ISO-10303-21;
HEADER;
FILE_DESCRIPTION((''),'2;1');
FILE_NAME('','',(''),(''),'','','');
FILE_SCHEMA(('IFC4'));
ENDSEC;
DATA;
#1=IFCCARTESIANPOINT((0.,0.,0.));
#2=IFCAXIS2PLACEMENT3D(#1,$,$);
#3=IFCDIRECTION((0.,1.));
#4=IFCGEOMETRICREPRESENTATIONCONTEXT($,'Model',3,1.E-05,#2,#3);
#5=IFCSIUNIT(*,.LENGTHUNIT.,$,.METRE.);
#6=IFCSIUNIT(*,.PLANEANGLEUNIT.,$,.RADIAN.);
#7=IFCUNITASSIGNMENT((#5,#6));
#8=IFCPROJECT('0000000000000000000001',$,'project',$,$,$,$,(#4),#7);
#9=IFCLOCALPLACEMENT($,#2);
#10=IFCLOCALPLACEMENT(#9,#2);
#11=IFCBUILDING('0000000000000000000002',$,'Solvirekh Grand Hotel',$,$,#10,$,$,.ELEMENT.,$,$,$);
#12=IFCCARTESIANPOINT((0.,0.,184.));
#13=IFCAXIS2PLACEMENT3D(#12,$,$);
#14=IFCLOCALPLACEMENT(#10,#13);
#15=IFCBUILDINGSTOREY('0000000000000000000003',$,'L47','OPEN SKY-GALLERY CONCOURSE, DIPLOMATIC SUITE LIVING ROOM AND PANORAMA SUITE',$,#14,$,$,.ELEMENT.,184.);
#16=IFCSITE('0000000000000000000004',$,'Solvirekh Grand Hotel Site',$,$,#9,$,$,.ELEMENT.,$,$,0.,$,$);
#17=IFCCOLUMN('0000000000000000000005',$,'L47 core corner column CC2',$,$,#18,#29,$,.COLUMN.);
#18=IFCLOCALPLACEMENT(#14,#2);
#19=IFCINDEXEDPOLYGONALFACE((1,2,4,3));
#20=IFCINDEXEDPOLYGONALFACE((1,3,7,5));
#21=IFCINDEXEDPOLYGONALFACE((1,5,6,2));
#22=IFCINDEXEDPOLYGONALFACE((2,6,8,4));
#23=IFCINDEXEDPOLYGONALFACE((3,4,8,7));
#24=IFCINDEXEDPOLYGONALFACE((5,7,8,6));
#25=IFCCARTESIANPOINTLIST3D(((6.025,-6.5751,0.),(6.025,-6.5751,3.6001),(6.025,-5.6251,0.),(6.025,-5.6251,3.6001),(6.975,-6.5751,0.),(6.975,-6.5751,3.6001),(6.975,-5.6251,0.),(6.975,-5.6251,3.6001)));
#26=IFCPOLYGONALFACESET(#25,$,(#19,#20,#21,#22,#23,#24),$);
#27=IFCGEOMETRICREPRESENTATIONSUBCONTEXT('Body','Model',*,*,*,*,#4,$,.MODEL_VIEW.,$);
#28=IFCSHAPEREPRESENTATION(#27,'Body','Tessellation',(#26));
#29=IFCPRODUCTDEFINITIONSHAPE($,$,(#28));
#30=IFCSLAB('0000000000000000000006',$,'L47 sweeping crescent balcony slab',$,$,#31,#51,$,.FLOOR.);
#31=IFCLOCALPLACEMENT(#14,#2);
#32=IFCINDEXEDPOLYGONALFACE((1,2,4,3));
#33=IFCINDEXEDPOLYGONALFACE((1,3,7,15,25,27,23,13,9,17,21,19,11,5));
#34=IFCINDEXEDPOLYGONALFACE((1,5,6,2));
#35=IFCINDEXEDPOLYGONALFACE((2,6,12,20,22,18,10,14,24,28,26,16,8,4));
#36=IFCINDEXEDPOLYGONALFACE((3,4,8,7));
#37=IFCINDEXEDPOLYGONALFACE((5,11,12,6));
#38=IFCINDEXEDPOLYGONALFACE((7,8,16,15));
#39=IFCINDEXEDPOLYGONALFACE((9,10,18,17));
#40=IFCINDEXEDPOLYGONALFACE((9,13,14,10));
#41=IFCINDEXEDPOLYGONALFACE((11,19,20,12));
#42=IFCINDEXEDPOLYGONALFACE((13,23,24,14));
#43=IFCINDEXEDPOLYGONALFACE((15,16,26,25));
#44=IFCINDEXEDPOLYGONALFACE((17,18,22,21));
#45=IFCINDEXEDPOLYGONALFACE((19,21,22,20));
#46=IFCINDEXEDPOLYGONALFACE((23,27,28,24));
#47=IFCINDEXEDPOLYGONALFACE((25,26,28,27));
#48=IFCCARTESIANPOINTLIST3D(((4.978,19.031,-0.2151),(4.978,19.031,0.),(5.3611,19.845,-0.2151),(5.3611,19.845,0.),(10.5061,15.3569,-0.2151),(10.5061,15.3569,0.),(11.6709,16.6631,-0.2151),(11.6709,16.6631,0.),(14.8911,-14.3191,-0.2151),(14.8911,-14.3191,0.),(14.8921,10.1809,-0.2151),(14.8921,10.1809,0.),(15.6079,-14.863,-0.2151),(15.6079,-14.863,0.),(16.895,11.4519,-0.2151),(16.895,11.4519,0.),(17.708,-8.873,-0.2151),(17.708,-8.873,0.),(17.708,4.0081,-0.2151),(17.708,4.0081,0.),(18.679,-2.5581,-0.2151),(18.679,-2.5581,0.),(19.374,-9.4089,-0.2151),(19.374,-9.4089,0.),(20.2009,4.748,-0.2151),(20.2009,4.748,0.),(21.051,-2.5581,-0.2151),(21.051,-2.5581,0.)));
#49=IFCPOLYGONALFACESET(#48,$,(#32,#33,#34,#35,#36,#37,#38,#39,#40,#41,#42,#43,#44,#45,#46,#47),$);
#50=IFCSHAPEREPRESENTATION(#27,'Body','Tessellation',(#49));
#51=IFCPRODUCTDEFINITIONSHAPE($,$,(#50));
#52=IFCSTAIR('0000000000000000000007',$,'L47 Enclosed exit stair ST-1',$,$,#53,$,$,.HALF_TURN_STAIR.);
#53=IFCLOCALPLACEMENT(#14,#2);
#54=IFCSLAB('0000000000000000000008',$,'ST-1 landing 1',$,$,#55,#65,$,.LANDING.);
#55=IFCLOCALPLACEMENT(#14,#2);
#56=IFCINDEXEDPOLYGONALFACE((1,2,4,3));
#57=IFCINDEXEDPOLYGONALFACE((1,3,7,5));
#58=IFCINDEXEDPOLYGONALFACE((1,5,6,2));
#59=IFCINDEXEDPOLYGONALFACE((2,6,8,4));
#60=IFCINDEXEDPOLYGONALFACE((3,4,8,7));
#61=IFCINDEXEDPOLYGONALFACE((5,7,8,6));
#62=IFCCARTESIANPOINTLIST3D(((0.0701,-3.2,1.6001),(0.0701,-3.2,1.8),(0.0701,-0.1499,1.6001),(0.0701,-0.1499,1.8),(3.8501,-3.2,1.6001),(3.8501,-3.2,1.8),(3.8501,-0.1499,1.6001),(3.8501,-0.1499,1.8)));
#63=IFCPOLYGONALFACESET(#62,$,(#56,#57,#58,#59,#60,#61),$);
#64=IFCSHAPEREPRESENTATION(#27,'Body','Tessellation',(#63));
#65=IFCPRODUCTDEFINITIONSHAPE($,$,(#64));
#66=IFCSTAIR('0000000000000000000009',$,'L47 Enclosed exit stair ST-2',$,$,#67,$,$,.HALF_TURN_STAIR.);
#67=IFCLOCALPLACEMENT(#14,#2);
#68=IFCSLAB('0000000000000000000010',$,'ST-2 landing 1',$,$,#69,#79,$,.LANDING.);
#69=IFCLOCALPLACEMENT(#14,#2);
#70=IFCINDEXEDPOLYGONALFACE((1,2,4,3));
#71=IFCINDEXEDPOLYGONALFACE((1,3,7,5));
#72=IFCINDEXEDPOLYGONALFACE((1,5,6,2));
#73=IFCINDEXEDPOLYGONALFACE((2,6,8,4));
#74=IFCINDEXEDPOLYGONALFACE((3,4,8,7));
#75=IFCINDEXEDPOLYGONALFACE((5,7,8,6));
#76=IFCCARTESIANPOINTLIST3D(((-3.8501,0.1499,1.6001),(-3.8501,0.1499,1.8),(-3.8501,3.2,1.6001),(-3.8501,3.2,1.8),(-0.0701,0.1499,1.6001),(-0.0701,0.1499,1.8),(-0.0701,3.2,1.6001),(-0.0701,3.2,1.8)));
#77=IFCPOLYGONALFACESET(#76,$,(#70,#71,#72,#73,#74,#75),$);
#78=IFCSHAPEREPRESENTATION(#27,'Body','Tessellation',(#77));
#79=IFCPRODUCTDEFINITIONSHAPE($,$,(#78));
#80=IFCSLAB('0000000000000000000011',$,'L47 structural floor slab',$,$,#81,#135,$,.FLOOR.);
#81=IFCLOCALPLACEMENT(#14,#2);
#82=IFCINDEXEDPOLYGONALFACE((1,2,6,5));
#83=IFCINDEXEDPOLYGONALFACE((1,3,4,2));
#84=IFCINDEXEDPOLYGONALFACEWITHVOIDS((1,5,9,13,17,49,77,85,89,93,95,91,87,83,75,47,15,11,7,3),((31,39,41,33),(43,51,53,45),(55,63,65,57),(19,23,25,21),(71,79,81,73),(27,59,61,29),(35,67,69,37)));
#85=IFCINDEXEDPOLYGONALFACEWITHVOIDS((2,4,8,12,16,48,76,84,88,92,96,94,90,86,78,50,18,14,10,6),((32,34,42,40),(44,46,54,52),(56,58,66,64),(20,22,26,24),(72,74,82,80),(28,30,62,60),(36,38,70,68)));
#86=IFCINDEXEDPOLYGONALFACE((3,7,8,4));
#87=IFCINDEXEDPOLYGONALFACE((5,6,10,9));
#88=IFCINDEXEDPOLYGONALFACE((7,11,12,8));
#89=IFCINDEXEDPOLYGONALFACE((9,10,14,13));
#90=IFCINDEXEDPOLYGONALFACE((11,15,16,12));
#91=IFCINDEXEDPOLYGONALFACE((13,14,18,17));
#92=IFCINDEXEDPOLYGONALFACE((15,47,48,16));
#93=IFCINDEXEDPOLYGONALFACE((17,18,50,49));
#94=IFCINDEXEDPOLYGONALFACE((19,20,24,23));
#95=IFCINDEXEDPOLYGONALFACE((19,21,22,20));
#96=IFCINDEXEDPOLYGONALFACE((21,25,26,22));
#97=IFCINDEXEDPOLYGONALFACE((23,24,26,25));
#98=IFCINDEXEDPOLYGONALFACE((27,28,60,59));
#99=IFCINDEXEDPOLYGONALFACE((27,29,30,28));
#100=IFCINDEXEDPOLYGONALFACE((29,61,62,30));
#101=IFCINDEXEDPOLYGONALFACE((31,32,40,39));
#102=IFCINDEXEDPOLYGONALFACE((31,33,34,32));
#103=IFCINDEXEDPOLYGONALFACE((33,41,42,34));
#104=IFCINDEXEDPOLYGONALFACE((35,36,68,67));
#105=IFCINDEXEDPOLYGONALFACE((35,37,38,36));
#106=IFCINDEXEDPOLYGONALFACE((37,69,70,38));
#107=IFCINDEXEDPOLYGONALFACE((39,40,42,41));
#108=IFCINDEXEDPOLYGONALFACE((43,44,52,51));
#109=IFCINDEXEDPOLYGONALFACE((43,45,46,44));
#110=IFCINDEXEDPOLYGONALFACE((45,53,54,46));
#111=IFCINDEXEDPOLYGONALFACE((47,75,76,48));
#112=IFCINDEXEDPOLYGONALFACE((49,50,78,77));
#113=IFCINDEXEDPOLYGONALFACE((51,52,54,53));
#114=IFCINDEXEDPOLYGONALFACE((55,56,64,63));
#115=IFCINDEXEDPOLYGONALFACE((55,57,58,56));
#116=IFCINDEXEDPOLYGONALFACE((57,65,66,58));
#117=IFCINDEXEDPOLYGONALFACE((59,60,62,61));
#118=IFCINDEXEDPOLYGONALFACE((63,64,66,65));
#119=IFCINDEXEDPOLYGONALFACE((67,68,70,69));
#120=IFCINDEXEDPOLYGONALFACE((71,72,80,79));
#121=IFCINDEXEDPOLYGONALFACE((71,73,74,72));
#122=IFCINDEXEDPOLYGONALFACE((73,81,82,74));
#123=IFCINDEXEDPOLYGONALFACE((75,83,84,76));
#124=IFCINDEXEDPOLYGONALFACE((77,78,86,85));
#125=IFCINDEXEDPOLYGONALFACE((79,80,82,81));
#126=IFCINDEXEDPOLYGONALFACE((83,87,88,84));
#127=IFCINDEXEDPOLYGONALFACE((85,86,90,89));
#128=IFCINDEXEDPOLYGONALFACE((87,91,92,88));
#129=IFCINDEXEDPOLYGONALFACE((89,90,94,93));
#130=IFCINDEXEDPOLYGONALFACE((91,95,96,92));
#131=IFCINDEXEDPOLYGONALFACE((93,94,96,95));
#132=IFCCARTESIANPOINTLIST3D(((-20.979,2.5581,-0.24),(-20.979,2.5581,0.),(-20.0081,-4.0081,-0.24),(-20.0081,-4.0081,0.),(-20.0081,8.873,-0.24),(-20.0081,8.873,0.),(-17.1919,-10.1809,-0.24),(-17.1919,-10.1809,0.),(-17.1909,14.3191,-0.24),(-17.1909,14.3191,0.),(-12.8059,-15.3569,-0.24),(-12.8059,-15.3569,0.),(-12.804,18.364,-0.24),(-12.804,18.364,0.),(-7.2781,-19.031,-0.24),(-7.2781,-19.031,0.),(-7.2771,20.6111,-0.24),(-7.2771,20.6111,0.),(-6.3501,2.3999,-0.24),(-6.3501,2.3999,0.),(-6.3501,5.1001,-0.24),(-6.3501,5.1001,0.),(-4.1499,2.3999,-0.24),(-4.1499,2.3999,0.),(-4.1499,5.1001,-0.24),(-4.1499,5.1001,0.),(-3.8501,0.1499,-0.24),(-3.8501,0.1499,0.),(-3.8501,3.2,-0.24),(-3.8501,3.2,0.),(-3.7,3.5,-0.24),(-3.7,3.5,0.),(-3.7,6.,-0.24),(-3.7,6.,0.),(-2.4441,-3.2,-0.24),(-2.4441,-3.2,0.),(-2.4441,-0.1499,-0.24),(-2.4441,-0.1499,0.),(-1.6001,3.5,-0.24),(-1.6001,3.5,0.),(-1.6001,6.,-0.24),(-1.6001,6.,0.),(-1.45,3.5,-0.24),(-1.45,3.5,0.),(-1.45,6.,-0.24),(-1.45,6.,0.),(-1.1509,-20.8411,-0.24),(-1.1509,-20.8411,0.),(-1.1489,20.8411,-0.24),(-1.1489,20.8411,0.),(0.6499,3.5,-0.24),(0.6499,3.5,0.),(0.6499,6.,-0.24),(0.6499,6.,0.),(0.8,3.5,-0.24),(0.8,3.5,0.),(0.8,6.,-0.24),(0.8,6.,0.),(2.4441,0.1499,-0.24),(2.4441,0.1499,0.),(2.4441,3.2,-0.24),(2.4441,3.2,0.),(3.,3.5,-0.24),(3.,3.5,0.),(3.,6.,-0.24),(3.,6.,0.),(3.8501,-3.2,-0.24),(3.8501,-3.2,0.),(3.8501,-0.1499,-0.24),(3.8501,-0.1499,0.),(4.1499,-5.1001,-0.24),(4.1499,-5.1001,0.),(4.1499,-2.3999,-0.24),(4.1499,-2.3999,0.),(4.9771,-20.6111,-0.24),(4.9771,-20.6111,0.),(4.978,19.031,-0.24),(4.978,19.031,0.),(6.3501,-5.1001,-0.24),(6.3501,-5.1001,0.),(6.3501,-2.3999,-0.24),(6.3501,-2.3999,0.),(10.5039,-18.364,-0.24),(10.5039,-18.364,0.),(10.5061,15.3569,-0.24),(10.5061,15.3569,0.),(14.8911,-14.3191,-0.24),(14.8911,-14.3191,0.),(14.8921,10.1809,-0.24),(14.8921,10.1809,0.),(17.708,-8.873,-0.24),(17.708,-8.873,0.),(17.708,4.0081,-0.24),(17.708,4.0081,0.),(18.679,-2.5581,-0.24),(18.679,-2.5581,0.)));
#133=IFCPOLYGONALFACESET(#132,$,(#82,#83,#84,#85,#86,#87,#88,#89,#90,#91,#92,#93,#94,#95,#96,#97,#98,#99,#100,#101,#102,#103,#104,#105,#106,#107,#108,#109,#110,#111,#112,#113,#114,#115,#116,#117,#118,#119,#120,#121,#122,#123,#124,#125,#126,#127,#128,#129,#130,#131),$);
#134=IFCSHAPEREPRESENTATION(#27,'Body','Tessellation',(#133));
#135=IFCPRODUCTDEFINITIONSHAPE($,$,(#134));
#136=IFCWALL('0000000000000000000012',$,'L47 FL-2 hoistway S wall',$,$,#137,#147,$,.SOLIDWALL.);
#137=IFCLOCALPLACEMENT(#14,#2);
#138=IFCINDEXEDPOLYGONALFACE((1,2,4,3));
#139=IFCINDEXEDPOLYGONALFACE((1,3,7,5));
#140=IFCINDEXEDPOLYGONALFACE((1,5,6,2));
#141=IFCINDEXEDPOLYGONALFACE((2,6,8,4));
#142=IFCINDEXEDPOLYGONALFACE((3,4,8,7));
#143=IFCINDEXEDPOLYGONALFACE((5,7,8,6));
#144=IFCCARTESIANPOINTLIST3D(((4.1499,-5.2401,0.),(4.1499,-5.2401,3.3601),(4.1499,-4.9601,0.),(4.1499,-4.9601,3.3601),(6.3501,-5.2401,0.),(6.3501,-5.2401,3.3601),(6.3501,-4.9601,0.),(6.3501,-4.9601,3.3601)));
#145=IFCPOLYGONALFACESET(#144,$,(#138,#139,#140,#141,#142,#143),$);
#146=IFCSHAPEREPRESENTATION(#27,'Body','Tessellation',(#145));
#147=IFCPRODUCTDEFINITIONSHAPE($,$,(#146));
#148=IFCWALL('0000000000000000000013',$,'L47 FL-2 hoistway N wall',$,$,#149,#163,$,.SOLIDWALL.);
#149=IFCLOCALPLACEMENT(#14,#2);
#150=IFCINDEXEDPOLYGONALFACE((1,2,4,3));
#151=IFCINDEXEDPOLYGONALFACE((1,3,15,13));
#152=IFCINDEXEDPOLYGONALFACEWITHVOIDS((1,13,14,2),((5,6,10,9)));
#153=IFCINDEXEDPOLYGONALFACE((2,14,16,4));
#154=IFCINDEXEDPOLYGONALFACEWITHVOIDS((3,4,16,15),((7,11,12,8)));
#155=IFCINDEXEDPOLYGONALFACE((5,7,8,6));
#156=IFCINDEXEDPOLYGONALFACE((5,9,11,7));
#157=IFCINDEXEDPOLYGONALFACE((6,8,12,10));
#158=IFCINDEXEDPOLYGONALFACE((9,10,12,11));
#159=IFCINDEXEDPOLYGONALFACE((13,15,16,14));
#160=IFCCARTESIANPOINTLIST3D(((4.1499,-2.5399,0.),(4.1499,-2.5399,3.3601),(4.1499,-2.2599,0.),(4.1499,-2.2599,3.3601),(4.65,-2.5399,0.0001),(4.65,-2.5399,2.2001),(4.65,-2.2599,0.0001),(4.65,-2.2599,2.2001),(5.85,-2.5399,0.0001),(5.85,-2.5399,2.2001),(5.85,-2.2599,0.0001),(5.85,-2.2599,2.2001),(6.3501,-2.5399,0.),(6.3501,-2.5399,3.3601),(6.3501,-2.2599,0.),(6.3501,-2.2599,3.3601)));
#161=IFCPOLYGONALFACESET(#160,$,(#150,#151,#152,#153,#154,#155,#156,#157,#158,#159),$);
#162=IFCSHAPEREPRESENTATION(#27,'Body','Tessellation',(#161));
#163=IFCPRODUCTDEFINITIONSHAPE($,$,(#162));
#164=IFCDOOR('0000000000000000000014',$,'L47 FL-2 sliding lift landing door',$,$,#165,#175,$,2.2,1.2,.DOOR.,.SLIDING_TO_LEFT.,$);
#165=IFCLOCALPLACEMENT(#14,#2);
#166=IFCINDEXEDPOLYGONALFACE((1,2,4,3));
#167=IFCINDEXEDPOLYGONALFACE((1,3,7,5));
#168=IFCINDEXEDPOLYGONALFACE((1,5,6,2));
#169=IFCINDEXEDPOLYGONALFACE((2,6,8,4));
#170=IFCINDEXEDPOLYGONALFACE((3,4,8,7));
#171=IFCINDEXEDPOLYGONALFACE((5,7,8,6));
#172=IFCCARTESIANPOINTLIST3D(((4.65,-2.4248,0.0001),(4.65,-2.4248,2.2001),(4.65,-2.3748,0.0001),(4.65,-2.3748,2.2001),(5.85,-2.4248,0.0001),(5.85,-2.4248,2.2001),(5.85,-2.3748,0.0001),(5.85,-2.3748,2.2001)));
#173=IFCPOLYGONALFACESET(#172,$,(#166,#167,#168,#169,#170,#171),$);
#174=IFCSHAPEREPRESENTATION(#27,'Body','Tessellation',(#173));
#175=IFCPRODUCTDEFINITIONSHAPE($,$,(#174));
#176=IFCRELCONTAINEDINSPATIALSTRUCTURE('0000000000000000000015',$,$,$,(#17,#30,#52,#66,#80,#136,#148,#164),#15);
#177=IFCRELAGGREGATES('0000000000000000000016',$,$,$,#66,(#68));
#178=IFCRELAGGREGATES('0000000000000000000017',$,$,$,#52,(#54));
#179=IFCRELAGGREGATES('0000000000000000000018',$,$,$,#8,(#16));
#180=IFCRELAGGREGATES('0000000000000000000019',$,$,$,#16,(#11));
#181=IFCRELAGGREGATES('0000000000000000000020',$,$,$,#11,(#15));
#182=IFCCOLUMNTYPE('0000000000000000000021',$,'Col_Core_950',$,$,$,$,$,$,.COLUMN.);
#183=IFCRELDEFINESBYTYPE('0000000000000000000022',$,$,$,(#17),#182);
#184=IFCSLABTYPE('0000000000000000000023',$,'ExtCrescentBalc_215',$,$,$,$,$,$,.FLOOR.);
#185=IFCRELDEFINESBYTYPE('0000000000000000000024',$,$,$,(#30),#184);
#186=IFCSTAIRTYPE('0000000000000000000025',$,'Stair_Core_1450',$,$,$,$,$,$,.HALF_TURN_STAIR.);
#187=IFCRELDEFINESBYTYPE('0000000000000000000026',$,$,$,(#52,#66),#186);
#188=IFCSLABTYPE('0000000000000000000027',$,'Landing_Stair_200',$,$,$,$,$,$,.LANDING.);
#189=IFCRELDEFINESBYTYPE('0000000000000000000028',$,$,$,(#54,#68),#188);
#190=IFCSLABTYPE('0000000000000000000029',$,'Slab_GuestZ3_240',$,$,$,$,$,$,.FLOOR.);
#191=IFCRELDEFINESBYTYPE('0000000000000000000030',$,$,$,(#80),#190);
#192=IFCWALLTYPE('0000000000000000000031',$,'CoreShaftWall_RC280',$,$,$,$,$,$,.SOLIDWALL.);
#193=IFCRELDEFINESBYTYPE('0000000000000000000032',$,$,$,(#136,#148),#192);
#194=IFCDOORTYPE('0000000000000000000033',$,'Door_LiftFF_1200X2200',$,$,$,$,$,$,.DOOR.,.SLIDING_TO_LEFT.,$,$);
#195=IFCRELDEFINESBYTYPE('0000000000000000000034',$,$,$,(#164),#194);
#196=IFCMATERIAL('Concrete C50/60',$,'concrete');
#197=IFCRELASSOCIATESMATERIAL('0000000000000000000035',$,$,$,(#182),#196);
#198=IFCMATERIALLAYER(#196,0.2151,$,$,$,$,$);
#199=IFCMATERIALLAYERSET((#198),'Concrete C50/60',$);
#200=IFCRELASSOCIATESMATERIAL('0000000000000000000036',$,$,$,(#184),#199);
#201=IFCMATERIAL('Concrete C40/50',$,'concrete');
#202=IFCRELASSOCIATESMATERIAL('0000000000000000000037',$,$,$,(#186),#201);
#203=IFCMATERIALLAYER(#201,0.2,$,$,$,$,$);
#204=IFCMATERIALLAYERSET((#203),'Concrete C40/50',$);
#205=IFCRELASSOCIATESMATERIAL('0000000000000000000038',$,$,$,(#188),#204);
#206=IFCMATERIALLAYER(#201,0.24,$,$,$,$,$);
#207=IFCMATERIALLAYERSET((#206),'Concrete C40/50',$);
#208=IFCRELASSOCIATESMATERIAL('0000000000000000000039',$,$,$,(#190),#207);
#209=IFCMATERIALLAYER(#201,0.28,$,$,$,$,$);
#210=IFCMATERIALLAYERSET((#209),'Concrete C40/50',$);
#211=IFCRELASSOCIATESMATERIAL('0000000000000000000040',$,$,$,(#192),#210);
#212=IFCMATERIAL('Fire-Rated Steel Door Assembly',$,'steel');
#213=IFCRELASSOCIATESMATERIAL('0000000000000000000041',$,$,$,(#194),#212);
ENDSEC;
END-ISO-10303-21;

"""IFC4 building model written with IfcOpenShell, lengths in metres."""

from ifc_helpers import new_model, si_unit, direction, frame, frame_2d, origin, origin_2d, place, context, subcontext, project, spatial, polyline, rectangle, outline, extrude, material, layer, layer_set, material_profile, profile_set, type_object, element, fill, aggregate, save


model = new_model("IFC4")

# Units and contexts
model_context = context("Model", 3, precision=1e-05, world=origin(), true_north=direction((0.0, 1.0)))
body_context = subcontext(model_context, "Body", "Model", "MODEL_VIEW")
ifc_project = project(units=[si_unit("LENGTHUNIT", "METRE"), si_unit("PLANEANGLEUNIT", "RADIAN")], contexts=[model_context])

# Site, building, storey
site_placement = place(None, origin())
site = spatial("IfcSite", under=ifc_project, at=site_placement, Name="Solvirekh Grand Hotel Site", CompositionType="ELEMENT", RefElevation=0.0)
building_placement = place(site_placement, origin())
building = spatial("IfcBuilding", under=site, at=building_placement, Name="Solvirekh Grand Hotel", CompositionType="ELEMENT")
storey_placement = place(building_placement, frame((0.0, 0.0, 184.0)))
storey = spatial("IfcBuildingStorey", under=building, at=storey_placement, Name="L47", Description="OPEN SKY-GALLERY CONCOURSE, DIPLOMATIC SUITE LIVING ROOM AND PANORAMA SUITE", CompositionType="ELEMENT", Elevation=184.0)

# Column
ifc_material_1 = material(Name="Concrete C50/60", Category="concrete")
ifc_material_profile = material_profile(ifc_material_1, rectangle(XDim=0.95, YDim=0.95, at=origin_2d()), Name="RC 950X950")
ifc_profile_set = profile_set([ifc_material_profile], Name="Concrete C50/60")
column_type = type_object("IfcColumnType", Name="Col_Core_950", PredefinedType="COLUMN", material=ifc_profile_set)
column_placement = place(storey_placement, frame((6.5, -6.1001, 0.0), z_axis=(0.0, 0.0, 1.0), x_axis=(1.0, 0.0, 0.0)))
element("IfcColumn", 1, at=column_placement, inside=storey, type_object=column_type, Name="L47 core corner column CC2", PredefinedType="COLUMN", context=body_context, shape_type="SweptSolid", body=[
    extrude(rectangle(XDim=0.95, YDim=0.95, at=origin_2d()), origin(), (0.0, 0.0, 1.0), 3.6001),
])

# Slab
ifc_layer_1 = layer(ifc_material_1, 0.2151)
ifc_layer_set_1 = layer_set([ifc_layer_1], Name="Concrete C50/60")
slab_type_1 = type_object("IfcSlabType", Name="ExtCrescentBalc_215", PredefinedType="FLOOR", material=ifc_layer_set_1)
slab_1_placement = place(storey_placement, frame((0.0, 0.0, -0.2151)))
element("IfcSlab", 2, at=slab_1_placement, inside=storey, type_object=slab_type_1, Name="L47 sweeping crescent balcony slab", PredefinedType="FLOOR", context=body_context, shape_type="SweptSolid", body=[
    extrude(outline(polyline([(15.6079, -14.863), (19.374, -9.4089), (21.051, -2.5581), (20.2009, 4.748), (16.895, 11.4519), (11.6709, 16.6631), (5.3611, 19.845), (4.978, 19.031), (10.5061, 15.3569), (14.8921, 10.1809), (17.708, 4.0081), (18.679, -2.5581), (17.708, -8.873), (14.8911, -14.3191), (15.6079, -14.863)])), origin(), (0.0, 0.0, 1.0), 0.2151),
])

# Stairs, slabs
ifc_material_2 = material(Name="Concrete C40/50", Category="concrete")
stair_type = type_object("IfcStairType", Name="Stair_Core_1450", PredefinedType="HALF_TURN_STAIR", material=ifc_material_2)
stair_1_placement = place(storey_placement, origin())
stair_1 = element("IfcStair", 3, at=stair_1_placement, inside=storey, type_object=stair_type, Name="L47 Enclosed exit stair ST-1", PredefinedType="HALF_TURN_STAIR")
ifc_layer_2 = layer(ifc_material_2, 0.2)
ifc_layer_set_2 = layer_set([ifc_layer_2], Name="Concrete C40/50")
slab_type_2 = type_object("IfcSlabType", Name="Landing_Stair_200", PredefinedType="LANDING", material=ifc_layer_set_2)
slab_2_placement = place(storey_placement, frame((0.0, 0.0, 1.6001)))
slab_2 = element("IfcSlab", 4, at=slab_2_placement, type_object=slab_type_2, Name="ST-1 landing 1", PredefinedType="LANDING", context=body_context, shape_type="SweptSolid", body=[
    extrude(outline(polyline([(0.0701, -3.2), (3.8501, -3.2), (3.8501, -0.1499), (0.0701, -0.1499), (0.0701, -3.2)])), origin(), (0.0, 0.0, 1.0), 0.2),
])
stair_2_placement = place(storey_placement, origin())
stair_2 = element("IfcStair", 5, at=stair_2_placement, inside=storey, type_object=stair_type, Name="L47 Enclosed exit stair ST-2", PredefinedType="HALF_TURN_STAIR")
slab_3_placement = place(storey_placement, frame((0.0, 0.0, 1.6001)))
slab_3 = element("IfcSlab", 6, at=slab_3_placement, type_object=slab_type_2, Name="ST-2 landing 1", PredefinedType="LANDING", context=body_context, shape_type="SweptSolid", body=[
    extrude(outline(polyline([(-0.0701, 3.2), (-3.8501, 3.2), (-3.8501, 0.1499), (-0.0701, 0.1499), (-0.0701, 3.2)])), origin(), (0.0, 0.0, 1.0), 0.2),
])
aggregate(stair_2, [slab_3])

# Slab
ifc_layer_3 = layer(ifc_material_2, 0.24)
ifc_layer_set_3 = layer_set([ifc_layer_3], Name="Concrete C40/50")
slab_type_3 = type_object("IfcSlabType", Name="Slab_GuestZ3_240", PredefinedType="FLOOR", material=ifc_layer_set_3)
slab_4_placement = place(storey_placement, frame((0.0, 0.0, -0.24)))
element("IfcSlab", 7, at=slab_4_placement, inside=storey, type_object=slab_type_3, Name="L47 structural floor slab", PredefinedType="FLOOR", context=body_context, shape_type="SweptSolid", body=[
    extrude(outline(polyline([(10.5039, -18.364), (14.8911, -14.3191), (17.708, -8.873), (18.679, -2.5581), (17.708, 4.0081), (14.8921, 10.1809), (10.5061, 15.3569), (4.978, 19.031), (-1.1489, 20.8411), (-7.2771, 20.6111), (-12.804, 18.364), (-17.1909, 14.3191), (-20.0081, 8.873), (-20.979, 2.5581), (-20.0081, -4.0081), (-17.1919, -10.1809), (-12.8059, -15.3569), (-7.2781, -19.031), (-1.1509, -20.8411), (4.9771, -20.6111), (10.5039, -18.364)]), holes=[polyline([(-2.4441, -0.1499), (3.8501, -0.1499), (3.8501, -3.2), (-2.4441, -3.2), (-2.4441, -0.1499)]), polyline([(2.4441, 0.1499), (-3.8501, 0.1499), (-3.8501, 3.2), (2.4441, 3.2), (2.4441, 0.1499)]), polyline([(-3.7, 6.0), (-1.6001, 6.0), (-1.6001, 3.5), (-3.7, 3.5), (-3.7, 6.0)]), polyline([(-1.45, 6.0), (0.6499, 6.0), (0.6499, 3.5), (-1.45, 3.5), (-1.45, 6.0)]), polyline([(0.8, 6.0), (3.0, 6.0), (3.0, 3.5), (0.8, 3.5), (0.8, 6.0)]), polyline([(-6.3501, 5.1001), (-4.1499, 5.1001), (-4.1499, 2.3999), (-6.3501, 2.3999), (-6.3501, 5.1001)]), polyline([(4.1499, -2.3999), (6.3501, -2.3999), (6.3501, -5.1001), (4.1499, -5.1001), (4.1499, -2.3999)])]), origin(), (0.0, 0.0, 1.0), 0.24),
])

# Wall
ifc_layer_4 = layer(ifc_material_2, 0.28)
ifc_layer_set_4 = layer_set([ifc_layer_4], Name="Concrete C40/50")
wall_type_1 = type_object("IfcWallType", Name="CoreShaftWall_RC280", PredefinedType="SOLIDWALL", material=ifc_layer_set_4)
wall_1_placement = place(storey_placement, frame((4.1499, -5.1001, 0.0), z_axis=(0.0, 0.0, 1.0), x_axis=(1.0, 0.0, 0.0)))
element("IfcWall", 8, at=wall_1_placement, inside=storey, type_object=wall_type_1, Name="L47 FL-2 hoistway S wall", PredefinedType="SOLIDWALL", context=body_context, shape_type="SweptSolid", body=[
    extrude(rectangle(XDim=2.2002, YDim=0.28, at=frame_2d((1.1001, 0.0))), origin(), (0.0, 0.0, 1.0), 3.3601),
])

# Wall, opening, door
wall_2_placement = place(storey_placement, frame((6.3501, -2.3999, 0.0), z_axis=(0.0, 0.0, 1.0), x_axis=(-1.0, 0.0, 0.0)))
wall_2 = element("IfcWall", 9, at=wall_2_placement, inside=storey, type_object=wall_type_1, Name="L47 FL-2 hoistway N wall", PredefinedType="SOLIDWALL", context=body_context, shape_type="SweptSolid", body=[
    extrude(rectangle(XDim=2.2002, YDim=0.28, at=frame_2d((1.1001, 0.0))), origin(), (0.0, 0.0, 1.0), 3.3601),
])
opening_1_placement = place(wall_2_placement, frame((0.5, 0.0, 0.0)))
opening_1 = element("IfcOpeningElement", 10, at=opening_1_placement, cuts=wall_2, PredefinedType="OPENING", context=body_context, shape_type="SweptSolid", body=[
    extrude(rectangle(XDim=1.2, YDim=2.2, at=frame_2d((0.6001, 1.1001))), frame((0.0, 0.1499, 0.0), z_axis=(0.0, -1.0, 0.0), x_axis=(1.0, 0.0, 0.0)), (0.0, 0.0, 1.0), 0.3),
])
ifc_material_3 = material(Name="Fire-Rated Steel Door Assembly", Category="steel")
door_type_1 = type_object("IfcDoorType", Name="Door_LiftFF_1200X2200", OperationType="SLIDING_TO_LEFT", PredefinedType="DOOR", material=ifc_material_3)
door_1_placement = place(opening_1_placement, origin())
door_1 = element("IfcDoor", 11, at=door_1_placement, inside=storey, type_object=door_type_1, Name="L47 FL-2 sliding lift landing door", OperationType="SLIDING_TO_LEFT", OverallHeight=2.2, OverallWidth=1.2, PredefinedType="DOOR", context=body_context, shape_type="SweptSolid", body=[
    extrude(rectangle(XDim=1.2, YDim=2.2, at=frame_2d((0.6001, 1.1001))), frame((0.0, 0.0249, 0.0), z_axis=(0.0, -1.0, 0.0), x_axis=(1.0, 0.0, 0.0)), (0.0, 0.0, 1.0), 0.05),
])
fill(opening_1, door_1)

aggregate(stair_1, [slab_2])

save(model, "model.ifc")
